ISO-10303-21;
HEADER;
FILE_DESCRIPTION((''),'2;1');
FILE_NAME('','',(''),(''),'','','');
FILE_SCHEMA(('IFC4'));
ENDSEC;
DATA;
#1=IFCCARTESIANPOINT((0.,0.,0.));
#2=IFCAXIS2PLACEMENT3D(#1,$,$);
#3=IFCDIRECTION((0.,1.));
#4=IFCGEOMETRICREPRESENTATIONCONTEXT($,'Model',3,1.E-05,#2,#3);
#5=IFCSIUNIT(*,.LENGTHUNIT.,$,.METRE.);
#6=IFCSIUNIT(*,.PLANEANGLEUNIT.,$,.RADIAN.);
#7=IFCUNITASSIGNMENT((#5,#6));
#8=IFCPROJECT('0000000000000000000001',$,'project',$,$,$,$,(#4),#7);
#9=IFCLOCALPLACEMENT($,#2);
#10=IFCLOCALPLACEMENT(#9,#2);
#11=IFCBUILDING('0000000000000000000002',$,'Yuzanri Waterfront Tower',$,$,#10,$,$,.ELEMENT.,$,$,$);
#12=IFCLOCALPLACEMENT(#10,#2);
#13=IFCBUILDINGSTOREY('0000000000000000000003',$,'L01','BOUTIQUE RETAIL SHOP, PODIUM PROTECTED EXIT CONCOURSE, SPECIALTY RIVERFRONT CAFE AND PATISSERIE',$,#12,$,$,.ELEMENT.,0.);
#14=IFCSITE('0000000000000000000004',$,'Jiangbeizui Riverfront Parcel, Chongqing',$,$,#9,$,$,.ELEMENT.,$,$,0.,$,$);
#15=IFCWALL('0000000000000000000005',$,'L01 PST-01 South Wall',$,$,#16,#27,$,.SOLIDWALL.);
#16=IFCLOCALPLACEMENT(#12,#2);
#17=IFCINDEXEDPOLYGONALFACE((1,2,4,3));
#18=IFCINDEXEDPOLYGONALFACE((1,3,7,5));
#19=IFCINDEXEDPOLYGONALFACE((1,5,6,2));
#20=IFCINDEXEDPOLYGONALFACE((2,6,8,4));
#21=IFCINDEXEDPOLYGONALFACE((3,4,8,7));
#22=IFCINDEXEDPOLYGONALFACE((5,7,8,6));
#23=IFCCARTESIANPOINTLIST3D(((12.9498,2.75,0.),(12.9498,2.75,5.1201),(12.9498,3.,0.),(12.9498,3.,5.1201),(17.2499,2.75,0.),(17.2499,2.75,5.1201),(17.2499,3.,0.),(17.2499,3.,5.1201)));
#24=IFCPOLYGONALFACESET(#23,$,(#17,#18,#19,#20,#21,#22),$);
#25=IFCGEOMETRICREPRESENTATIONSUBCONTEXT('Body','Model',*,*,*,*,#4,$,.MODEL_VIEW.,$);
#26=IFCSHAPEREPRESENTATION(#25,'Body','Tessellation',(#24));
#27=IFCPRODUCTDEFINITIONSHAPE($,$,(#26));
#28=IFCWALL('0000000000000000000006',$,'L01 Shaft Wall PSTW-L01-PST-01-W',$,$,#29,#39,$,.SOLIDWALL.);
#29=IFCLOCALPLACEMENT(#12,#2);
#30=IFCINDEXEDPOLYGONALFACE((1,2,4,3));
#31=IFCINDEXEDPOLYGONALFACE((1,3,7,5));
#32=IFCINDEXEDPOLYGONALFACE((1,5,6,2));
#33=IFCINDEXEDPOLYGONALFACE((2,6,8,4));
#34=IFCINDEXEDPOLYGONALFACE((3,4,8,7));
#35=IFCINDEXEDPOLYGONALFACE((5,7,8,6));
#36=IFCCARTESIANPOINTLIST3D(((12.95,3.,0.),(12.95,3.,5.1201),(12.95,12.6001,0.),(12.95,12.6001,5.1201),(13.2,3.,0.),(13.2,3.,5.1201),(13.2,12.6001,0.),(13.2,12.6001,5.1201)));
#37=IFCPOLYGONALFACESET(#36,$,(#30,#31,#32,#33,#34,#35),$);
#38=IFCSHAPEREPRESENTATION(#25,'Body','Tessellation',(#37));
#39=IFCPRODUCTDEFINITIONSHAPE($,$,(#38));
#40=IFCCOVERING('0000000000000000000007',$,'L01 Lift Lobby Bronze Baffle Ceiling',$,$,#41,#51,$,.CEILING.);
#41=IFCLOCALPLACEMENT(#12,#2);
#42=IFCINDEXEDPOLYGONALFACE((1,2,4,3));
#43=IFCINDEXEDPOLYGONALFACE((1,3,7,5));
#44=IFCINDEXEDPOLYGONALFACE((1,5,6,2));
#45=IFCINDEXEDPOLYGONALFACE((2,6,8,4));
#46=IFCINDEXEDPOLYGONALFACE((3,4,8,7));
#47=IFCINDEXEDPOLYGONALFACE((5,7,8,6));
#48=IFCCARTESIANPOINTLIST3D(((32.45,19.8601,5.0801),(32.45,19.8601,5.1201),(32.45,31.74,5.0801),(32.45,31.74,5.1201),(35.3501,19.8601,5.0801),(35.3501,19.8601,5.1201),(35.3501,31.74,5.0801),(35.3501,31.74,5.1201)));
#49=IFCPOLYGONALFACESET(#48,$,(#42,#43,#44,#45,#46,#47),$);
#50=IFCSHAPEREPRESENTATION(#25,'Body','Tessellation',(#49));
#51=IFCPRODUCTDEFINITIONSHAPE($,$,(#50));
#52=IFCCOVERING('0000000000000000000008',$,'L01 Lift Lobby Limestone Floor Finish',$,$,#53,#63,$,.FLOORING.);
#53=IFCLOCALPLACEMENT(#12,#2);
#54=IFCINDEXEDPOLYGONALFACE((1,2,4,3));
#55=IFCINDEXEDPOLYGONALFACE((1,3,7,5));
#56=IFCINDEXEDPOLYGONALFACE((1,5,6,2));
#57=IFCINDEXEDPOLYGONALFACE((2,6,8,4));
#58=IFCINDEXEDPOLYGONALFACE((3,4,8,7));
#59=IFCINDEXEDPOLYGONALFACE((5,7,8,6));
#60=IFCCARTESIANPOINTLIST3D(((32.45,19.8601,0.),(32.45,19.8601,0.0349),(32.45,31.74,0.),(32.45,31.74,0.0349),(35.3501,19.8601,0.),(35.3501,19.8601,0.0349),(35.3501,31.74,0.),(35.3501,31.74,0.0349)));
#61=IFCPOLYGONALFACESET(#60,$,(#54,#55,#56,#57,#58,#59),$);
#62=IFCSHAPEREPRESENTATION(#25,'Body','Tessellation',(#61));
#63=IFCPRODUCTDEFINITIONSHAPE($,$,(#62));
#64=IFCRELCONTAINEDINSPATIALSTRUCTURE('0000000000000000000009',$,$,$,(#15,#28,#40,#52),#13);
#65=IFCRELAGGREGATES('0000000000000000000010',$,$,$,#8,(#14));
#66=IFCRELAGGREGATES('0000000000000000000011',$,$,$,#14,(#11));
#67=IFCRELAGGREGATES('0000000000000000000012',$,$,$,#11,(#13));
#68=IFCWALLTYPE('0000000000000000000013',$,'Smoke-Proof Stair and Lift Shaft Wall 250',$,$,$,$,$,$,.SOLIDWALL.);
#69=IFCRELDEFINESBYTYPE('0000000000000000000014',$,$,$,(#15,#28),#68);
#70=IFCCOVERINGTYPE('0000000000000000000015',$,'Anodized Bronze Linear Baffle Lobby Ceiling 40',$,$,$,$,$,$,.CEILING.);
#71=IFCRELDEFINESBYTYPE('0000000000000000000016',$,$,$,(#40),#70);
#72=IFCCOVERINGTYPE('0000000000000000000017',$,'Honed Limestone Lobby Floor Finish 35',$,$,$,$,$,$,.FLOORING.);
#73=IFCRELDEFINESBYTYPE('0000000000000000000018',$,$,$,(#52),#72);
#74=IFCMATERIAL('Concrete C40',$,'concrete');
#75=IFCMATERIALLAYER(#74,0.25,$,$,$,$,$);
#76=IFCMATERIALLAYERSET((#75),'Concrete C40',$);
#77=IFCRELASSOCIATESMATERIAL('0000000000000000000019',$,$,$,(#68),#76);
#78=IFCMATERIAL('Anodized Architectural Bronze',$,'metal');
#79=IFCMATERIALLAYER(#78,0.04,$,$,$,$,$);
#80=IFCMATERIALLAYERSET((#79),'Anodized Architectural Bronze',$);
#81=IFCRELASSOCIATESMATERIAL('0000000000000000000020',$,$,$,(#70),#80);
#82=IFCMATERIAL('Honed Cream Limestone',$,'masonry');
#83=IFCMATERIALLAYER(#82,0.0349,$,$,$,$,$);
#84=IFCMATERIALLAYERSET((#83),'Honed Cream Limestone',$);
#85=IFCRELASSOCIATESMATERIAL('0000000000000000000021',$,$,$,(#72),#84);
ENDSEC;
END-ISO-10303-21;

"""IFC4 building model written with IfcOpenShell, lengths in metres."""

from ifc_helpers import new_model, si_unit, direction, frame, frame_2d, origin, place, context, subcontext, project, spatial, polyline, rectangle, outline, extrude, source, transform, mapped, material, layer, layer_set, type_object, element, save


model = new_model("IFC4")

# Units and contexts
model_context = context("Model", 3, precision=1e-05, world=origin(), true_north=direction((0.0, 1.0)))
body_context = subcontext(model_context, "Body", "Model", "MODEL_VIEW")
ifc_project = project(units=[si_unit("LENGTHUNIT", "METRE"), si_unit("PLANEANGLEUNIT", "RADIAN")], contexts=[model_context])

# Site, building, storey
site_placement = place(None, origin())
site = spatial("IfcSite", under=ifc_project, at=site_placement, Name="Jiangbeizui Riverfront Parcel, Chongqing", CompositionType="ELEMENT", RefElevation=0.0)
building_placement = place(site_placement, origin())
building = spatial("IfcBuilding", under=site, at=building_placement, Name="Yuzanri Waterfront Tower", CompositionType="ELEMENT")
storey_placement = place(building_placement, origin())
storey = spatial("IfcBuildingStorey", under=building, at=storey_placement, Name="L01", Description="BOUTIQUE RETAIL SHOP, PODIUM PROTECTED EXIT CONCOURSE, SPECIALTY RIVERFRONT CAFE AND PATISSERIE", CompositionType="ELEMENT", Elevation=0.0)

# Walls
ifc_material_1 = material(Name="Concrete C40", Category="concrete")
ifc_layer_1 = layer(ifc_material_1, 0.25)
ifc_layer_set_1 = layer_set([ifc_layer_1], Name="Concrete C40")
wall_type_1 = type_object("IfcWallType", Name="Smoke-Proof Stair and Lift Shaft Wall 250", PredefinedType="SOLIDWALL", material=ifc_layer_set_1)
shared_shape_1 = source(origin(), body_context, "Body", "SweptSolid", [
    extrude(rectangle(XDim=4.3, YDim=0.25, at=frame_2d((2.1499, 0.0))), origin(), (0.0, 0.0, 1.0), 5.1201),
])
wall_1_placement = place(storey_placement, frame((12.95, 2.875, 0.0), z_axis=(0.0, 0.0, 1.0), x_axis=(1.0, 0.0, 0.0)))
element("IfcWall", 1, at=wall_1_placement, inside=storey, type_object=wall_type_1, Name="L01 PST-01 South Wall", PredefinedType="SOLIDWALL", context=body_context, shape_type="MappedRepresentation", body=[
    mapped(shared_shape_1, transform((0.0, 0.0, 0.0), scale=1.0)),
])
shared_shape_2 = source(origin(), body_context, "Body", "SweptSolid", [
    extrude(rectangle(XDim=9.6001, YDim=0.25, at=frame_2d((4.8, 0.0))), origin(), (0.0, 0.0, 1.0), 5.1201),
])
wall_2_placement = place(storey_placement, frame((13.075, 3.0, 0.0), z_axis=(0.0, 0.0, 1.0), x_axis=(0.0, 1.0, 0.0)))
element("IfcWall", 2, at=wall_2_placement, inside=storey, type_object=wall_type_1, Name="L01 Shaft Wall PSTW-L01-PST-01-W", PredefinedType="SOLIDWALL", context=body_context, shape_type="MappedRepresentation", body=[
    mapped(shared_shape_2, transform((0.0, 0.0, 0.0), scale=1.0)),
])

# Coverings
ifc_material_2 = material(Name="Anodized Architectural Bronze", Category="metal")
ifc_layer_2 = layer(ifc_material_2, 0.04)
ifc_layer_set_2 = layer_set([ifc_layer_2], Name="Anodized Architectural Bronze")
covering_type_1 = type_object("IfcCoveringType", Name="Anodized Bronze Linear Baffle Lobby Ceiling 40", PredefinedType="CEILING", material=ifc_layer_set_2)
covering_1_placement = place(storey_placement, frame((0.0, 0.0, 5.0801)))
element("IfcCovering", 3, at=covering_1_placement, inside=storey, type_object=covering_type_1, Name="L01 Lift Lobby Bronze Baffle Ceiling", PredefinedType="CEILING", context=body_context, shape_type="SweptSolid", body=[
    extrude(outline(polyline([(32.45, 19.8601), (35.3501, 19.8601), (35.3501, 31.74), (32.45, 31.74), (32.45, 19.8601)])), origin(), (0.0, 0.0, 1.0), 0.04),
])
ifc_material_3 = material(Name="Honed Cream Limestone", Category="masonry")
ifc_layer_3 = layer(ifc_material_3, 0.0349)
ifc_layer_set_3 = layer_set([ifc_layer_3], Name="Honed Cream Limestone")
covering_type_2 = type_object("IfcCoveringType", Name="Honed Limestone Lobby Floor Finish 35", PredefinedType="FLOORING", material=ifc_layer_set_3)
covering_2_placement = place(storey_placement, origin())
element("IfcCovering", 4, at=covering_2_placement, inside=storey, type_object=covering_type_2, Name="L01 Lift Lobby Limestone Floor Finish", PredefinedType="FLOORING", context=body_context, shape_type="SweptSolid", body=[
    extrude(outline(polyline([(32.45, 19.8601), (35.3501, 19.8601), (35.3501, 31.74), (32.45, 31.74), (32.45, 19.8601)])), origin(), (0.0, 0.0, 1.0), 0.0349),
])

save(model, "model.ifc")
